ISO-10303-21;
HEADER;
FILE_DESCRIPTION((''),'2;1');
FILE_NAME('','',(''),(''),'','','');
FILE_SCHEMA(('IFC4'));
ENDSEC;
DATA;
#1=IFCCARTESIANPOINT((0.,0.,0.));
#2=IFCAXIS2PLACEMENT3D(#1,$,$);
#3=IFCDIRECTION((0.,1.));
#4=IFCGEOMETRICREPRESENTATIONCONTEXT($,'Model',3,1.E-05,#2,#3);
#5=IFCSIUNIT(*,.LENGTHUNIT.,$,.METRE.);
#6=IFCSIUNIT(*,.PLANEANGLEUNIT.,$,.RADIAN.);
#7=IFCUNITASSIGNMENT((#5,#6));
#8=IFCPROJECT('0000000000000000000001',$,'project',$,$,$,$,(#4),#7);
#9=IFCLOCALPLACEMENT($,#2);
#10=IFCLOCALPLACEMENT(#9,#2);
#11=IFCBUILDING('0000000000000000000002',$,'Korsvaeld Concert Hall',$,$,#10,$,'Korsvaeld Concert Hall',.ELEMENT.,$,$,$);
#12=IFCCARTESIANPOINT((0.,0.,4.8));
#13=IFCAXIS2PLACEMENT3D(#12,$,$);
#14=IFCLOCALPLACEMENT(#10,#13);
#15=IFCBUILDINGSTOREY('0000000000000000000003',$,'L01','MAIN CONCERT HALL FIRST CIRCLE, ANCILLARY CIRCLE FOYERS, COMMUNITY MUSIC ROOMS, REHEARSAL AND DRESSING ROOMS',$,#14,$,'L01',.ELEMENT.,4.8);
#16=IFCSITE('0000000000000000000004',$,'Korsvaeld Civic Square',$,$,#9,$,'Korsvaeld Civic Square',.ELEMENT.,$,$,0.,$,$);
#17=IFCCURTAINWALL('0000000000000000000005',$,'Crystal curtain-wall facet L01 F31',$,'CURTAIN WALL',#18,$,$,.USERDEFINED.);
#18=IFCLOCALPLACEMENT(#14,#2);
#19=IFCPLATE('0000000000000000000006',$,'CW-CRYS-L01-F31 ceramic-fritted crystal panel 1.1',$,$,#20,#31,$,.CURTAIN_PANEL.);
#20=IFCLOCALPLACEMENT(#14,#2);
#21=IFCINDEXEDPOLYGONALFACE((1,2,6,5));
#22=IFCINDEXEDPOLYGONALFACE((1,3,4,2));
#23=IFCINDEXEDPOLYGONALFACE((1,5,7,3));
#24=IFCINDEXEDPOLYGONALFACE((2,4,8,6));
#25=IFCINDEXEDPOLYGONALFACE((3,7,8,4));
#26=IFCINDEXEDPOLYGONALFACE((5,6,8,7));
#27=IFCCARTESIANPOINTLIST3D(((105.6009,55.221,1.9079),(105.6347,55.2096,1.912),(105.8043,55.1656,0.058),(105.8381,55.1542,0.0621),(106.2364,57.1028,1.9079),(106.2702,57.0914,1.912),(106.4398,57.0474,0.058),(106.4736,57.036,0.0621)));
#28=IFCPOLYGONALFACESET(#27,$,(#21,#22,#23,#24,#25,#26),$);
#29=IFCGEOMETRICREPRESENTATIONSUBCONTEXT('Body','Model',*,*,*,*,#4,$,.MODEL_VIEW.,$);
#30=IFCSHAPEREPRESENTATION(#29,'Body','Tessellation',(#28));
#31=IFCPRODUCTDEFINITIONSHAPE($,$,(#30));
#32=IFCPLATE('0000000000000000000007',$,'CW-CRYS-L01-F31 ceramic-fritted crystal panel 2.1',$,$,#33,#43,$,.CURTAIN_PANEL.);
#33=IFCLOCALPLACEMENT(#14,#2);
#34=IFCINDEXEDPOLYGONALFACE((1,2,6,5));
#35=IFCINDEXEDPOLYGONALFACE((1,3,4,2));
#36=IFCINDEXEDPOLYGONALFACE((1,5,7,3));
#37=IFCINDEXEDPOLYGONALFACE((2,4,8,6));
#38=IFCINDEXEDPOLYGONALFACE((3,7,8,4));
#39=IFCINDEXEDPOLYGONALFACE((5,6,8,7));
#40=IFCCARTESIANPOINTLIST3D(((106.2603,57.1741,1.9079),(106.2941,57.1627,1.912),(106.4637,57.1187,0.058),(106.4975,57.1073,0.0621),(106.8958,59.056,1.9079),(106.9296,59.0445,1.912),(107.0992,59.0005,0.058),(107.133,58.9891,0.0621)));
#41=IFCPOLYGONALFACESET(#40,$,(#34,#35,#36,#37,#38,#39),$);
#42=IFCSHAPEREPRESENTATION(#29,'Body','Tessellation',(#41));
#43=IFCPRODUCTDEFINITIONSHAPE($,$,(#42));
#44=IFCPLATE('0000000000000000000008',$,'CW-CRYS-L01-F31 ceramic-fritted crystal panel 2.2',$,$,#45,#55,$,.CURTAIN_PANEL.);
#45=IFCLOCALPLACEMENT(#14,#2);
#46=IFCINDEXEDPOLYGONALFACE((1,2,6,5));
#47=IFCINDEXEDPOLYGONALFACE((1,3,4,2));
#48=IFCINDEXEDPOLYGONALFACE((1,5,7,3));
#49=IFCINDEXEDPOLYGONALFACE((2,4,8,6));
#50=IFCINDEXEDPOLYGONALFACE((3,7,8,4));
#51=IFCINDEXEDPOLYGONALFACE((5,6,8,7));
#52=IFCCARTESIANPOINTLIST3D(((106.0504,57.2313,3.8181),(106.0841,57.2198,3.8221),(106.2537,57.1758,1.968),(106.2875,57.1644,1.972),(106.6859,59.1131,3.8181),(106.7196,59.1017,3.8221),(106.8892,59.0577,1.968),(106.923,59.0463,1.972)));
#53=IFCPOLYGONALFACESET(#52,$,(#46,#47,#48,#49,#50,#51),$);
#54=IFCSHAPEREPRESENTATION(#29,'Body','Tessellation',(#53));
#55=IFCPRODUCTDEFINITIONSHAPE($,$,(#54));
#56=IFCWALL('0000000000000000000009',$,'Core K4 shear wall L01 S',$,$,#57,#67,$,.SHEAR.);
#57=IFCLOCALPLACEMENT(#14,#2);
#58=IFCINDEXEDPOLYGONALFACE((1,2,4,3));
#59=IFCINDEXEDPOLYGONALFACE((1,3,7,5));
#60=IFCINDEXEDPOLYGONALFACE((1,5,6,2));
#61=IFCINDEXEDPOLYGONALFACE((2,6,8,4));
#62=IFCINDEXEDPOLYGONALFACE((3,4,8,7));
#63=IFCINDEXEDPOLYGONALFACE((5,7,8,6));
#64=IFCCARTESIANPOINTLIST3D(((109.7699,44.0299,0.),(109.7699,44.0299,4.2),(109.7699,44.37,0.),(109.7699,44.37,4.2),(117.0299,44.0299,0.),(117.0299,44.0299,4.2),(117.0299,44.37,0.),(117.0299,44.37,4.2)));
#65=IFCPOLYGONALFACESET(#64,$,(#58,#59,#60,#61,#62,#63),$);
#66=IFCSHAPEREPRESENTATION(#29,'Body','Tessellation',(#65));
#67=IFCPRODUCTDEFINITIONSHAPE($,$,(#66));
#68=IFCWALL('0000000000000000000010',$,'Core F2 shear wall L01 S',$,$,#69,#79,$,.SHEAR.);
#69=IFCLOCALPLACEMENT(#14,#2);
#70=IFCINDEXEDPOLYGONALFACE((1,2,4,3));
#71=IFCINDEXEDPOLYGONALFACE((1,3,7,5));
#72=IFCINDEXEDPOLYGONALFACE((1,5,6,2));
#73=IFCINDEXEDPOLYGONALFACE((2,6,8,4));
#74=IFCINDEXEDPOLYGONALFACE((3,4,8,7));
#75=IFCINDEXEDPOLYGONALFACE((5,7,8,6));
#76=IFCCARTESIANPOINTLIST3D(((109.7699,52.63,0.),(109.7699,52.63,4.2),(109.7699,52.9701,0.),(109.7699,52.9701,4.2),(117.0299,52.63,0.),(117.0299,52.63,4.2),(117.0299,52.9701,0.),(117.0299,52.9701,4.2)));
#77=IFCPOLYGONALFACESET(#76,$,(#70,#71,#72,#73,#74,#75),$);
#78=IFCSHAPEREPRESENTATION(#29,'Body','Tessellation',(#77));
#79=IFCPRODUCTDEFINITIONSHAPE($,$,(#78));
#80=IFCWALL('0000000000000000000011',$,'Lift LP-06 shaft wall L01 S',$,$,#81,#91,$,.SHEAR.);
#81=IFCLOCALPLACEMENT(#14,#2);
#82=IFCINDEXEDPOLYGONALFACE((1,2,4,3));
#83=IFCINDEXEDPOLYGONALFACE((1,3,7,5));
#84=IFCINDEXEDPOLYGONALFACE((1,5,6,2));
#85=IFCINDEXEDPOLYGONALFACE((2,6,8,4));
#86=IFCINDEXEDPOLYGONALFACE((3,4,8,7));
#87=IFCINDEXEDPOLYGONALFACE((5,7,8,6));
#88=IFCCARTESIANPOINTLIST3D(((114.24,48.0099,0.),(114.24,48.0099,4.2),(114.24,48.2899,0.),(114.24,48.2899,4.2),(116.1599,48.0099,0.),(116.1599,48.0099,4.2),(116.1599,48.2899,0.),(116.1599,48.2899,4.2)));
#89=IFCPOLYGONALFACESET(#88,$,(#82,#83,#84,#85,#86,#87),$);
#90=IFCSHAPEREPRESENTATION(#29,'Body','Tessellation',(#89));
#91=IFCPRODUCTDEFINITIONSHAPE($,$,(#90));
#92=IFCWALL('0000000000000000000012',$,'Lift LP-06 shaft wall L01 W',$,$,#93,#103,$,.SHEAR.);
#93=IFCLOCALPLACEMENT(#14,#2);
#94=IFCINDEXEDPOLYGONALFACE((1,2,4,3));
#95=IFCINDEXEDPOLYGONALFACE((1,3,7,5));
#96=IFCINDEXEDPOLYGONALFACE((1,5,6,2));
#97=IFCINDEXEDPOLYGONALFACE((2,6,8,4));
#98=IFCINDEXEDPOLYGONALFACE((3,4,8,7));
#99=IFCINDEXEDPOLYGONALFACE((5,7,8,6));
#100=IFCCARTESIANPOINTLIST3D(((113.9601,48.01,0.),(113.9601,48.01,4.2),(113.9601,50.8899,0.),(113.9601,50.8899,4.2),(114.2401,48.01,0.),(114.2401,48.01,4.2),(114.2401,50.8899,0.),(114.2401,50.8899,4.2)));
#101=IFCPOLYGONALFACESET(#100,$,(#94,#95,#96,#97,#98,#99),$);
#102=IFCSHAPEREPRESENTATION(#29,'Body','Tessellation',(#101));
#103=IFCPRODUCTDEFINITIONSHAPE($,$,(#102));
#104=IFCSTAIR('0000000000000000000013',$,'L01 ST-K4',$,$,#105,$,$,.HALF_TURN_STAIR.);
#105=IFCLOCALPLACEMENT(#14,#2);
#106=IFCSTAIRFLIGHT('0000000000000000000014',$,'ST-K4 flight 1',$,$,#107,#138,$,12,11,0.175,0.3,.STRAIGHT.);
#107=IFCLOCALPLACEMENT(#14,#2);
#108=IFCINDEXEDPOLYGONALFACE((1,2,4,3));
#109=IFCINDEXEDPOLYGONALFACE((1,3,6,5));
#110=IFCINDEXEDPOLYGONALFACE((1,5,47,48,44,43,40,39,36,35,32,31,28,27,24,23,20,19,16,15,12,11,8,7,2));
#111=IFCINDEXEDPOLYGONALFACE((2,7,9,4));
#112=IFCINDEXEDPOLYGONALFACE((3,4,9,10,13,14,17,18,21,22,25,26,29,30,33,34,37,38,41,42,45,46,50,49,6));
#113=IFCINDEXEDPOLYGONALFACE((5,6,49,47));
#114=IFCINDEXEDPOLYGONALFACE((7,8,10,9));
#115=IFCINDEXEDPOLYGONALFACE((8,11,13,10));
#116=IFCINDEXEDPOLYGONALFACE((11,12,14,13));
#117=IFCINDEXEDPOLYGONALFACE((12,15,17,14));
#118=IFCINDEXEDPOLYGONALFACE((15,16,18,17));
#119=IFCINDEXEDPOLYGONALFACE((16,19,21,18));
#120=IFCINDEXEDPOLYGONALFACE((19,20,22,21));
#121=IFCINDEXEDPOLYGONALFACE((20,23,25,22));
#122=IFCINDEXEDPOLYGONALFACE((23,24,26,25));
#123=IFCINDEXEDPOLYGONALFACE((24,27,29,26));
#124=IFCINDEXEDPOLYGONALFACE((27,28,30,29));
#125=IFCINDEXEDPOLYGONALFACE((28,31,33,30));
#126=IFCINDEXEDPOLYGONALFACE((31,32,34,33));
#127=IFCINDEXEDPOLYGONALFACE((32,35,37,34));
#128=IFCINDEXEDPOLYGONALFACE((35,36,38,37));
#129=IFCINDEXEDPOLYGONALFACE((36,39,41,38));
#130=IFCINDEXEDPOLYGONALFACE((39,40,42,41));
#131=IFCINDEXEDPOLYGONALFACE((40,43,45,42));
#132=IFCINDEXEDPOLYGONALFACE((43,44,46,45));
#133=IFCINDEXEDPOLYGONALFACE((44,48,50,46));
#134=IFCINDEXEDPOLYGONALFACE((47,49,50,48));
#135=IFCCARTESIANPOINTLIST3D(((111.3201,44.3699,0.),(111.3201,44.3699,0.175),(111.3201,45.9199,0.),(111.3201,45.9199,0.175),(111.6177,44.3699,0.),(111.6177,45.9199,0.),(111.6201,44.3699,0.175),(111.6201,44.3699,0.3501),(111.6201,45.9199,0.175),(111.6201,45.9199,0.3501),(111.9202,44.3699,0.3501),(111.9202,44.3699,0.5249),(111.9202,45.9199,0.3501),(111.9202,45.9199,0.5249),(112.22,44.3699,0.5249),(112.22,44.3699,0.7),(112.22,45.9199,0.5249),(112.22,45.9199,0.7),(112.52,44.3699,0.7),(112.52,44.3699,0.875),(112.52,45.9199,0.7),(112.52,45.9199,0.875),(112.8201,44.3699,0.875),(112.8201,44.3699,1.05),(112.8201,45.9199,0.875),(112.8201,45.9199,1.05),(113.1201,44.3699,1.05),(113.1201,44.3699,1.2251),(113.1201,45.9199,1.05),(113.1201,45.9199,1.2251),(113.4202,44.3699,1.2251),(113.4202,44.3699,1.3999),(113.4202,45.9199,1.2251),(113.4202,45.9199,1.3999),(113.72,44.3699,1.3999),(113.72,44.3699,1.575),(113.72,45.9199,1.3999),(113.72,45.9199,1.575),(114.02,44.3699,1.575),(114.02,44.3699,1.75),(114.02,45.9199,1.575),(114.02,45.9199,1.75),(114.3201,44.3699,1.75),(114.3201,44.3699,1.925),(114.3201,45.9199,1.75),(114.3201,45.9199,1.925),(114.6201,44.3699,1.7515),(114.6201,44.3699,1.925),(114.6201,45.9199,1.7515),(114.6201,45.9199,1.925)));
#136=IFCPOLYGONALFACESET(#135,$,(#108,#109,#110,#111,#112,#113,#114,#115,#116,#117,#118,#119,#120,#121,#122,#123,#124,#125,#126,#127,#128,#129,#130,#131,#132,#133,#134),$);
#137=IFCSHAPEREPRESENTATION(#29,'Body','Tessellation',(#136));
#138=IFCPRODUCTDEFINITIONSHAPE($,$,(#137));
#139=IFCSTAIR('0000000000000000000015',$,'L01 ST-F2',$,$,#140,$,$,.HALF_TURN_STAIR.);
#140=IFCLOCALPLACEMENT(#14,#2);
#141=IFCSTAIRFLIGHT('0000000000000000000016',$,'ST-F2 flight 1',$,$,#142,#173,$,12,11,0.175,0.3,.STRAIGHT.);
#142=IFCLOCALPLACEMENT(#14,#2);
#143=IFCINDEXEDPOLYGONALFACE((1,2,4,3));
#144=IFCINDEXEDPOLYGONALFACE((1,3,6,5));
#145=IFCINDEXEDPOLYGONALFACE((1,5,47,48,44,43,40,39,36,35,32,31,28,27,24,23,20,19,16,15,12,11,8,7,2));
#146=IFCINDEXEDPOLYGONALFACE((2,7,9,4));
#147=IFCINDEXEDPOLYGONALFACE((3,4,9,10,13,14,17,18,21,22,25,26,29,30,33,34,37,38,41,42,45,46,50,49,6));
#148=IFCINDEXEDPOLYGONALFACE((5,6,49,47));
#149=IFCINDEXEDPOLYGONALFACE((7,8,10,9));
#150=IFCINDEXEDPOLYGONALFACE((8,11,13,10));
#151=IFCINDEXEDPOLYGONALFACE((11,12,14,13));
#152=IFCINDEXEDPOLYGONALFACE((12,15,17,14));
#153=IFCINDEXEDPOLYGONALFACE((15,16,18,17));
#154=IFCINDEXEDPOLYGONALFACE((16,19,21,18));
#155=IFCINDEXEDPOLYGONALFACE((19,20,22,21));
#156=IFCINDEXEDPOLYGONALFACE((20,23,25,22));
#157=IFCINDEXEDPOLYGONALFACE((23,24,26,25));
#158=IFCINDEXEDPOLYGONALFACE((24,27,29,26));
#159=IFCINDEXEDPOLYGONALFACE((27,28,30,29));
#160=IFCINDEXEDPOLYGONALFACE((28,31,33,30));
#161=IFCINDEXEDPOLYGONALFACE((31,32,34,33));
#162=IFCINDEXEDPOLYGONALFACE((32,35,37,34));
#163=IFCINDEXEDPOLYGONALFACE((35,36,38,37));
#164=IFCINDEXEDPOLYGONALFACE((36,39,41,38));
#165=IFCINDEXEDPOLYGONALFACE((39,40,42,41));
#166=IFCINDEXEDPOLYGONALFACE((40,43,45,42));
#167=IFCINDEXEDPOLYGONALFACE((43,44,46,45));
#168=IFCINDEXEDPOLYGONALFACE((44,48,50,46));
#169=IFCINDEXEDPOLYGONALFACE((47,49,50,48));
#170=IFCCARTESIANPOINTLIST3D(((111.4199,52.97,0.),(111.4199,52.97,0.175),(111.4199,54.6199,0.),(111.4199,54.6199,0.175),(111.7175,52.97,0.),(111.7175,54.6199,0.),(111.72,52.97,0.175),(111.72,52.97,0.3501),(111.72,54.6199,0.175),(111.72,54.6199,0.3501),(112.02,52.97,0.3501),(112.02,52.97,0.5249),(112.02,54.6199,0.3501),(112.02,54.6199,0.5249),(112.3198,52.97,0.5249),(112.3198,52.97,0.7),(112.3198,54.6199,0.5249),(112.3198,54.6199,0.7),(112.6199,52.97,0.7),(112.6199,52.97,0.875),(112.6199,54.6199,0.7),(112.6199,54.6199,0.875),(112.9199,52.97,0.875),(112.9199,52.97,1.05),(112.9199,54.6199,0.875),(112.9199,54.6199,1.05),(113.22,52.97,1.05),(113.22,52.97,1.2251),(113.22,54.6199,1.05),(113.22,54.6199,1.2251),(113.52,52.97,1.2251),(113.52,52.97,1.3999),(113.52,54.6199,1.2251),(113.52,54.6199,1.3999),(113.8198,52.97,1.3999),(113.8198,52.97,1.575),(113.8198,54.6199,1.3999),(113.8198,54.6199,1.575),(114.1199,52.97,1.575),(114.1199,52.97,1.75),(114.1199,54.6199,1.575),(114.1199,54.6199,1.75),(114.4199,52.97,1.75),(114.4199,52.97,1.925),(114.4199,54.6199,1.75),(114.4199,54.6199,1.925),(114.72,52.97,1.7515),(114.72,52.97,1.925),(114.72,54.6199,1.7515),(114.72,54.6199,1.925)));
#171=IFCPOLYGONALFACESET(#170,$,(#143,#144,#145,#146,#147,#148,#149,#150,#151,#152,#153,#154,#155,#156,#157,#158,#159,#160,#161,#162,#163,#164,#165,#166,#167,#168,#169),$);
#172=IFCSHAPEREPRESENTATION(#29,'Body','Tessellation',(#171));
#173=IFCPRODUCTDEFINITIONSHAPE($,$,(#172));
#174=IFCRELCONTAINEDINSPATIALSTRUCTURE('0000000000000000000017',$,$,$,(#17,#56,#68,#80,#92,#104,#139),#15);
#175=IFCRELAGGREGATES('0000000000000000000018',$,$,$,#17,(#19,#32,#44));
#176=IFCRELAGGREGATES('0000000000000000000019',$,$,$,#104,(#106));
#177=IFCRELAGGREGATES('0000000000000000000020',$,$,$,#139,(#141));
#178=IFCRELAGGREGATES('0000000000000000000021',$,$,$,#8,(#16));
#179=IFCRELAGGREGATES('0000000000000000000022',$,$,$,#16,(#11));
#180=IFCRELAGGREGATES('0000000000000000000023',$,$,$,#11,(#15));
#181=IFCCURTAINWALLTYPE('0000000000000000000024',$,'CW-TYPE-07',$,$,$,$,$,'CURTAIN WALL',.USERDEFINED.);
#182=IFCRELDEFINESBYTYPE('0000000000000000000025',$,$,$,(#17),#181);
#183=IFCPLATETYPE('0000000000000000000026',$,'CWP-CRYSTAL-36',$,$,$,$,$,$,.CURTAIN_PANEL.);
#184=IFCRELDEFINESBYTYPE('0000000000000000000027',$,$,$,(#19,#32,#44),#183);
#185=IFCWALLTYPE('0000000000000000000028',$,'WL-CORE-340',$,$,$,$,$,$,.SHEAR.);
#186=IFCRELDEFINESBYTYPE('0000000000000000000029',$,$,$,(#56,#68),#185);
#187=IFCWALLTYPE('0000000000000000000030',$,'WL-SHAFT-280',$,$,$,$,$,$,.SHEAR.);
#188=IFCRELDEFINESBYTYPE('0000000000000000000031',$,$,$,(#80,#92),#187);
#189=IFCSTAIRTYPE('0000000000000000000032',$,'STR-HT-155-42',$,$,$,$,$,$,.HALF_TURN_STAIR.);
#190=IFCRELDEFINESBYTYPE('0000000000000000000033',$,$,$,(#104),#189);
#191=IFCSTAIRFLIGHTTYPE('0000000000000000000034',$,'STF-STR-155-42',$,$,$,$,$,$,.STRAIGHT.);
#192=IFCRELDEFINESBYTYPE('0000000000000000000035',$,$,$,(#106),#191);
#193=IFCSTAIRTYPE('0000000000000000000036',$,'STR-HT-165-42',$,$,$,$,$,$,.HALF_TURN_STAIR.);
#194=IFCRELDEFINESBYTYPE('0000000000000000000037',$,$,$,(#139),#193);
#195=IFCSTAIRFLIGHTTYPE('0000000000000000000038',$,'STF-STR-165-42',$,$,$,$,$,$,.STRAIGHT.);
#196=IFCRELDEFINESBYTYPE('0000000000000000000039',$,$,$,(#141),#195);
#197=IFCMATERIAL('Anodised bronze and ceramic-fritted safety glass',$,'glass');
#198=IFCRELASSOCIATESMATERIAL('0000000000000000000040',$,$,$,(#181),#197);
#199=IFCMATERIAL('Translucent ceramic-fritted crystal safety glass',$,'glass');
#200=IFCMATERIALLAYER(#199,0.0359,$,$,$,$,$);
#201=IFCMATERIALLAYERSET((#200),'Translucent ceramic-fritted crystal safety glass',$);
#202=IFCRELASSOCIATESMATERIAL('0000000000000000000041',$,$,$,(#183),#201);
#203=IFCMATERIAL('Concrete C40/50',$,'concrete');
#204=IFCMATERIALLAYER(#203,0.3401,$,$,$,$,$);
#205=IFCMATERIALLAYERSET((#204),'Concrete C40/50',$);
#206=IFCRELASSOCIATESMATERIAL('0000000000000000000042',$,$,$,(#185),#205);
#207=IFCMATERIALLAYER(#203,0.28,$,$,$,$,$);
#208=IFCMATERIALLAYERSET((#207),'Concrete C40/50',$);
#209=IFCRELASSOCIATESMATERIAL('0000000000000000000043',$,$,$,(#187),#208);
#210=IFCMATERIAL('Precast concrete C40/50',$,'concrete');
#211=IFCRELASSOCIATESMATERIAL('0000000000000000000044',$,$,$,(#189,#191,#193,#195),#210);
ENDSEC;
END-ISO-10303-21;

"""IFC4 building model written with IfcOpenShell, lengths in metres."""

from ifc_helpers import new_model, si_unit, direction, frame, frame_2d, origin, place, context, subcontext, project, spatial, polyline, rectangle, outline, extrude, material, layer, layer_set, type_object, element, aggregate, save


model = new_model("IFC4")

# Units and contexts
model_context = context("Model", 3, precision=1e-05, world=origin(), true_north=direction((0.0, 1.0)))
body_context = subcontext(model_context, "Body", "Model", "MODEL_VIEW")
ifc_project = project(units=[si_unit("LENGTHUNIT", "METRE"), si_unit("PLANEANGLEUNIT", "RADIAN")], contexts=[model_context])

# Site, building, storey
site_placement = place(None, origin())
site = spatial("IfcSite", under=ifc_project, at=site_placement, Name="Korsvaeld Civic Square", LongName="Korsvaeld Civic Square", CompositionType="ELEMENT", RefElevation=0.0)
building_placement = place(site_placement, origin())
building = spatial("IfcBuilding", under=site, at=building_placement, Name="Korsvaeld Concert Hall", LongName="Korsvaeld Concert Hall", CompositionType="ELEMENT")
storey_placement = place(building_placement, frame((0.0, 0.0, 4.8)))
storey = spatial("IfcBuildingStorey", under=building, at=storey_placement, Name="L01", Description="MAIN CONCERT HALL FIRST CIRCLE, ANCILLARY CIRCLE FOYERS, COMMUNITY MUSIC ROOMS, REHEARSAL AND DRESSING ROOMS", LongName="L01", CompositionType="ELEMENT", Elevation=4.8)

# Shared definitions
ifc_material_1 = material(Name="Concrete C40/50", Category="concrete")

# Curtain wall, plates
ifc_material_2 = material(Name="Anodised bronze and ceramic-fritted safety glass", Category="glass")
curtain_wall_type = type_object("IfcCurtainWallType", Name="CW-TYPE-07", ElementType="CURTAIN WALL", PredefinedType="USERDEFINED", material=ifc_material_2)
curtain_wall_placement = place(storey_placement, origin())
curtain_wall = element("IfcCurtainWall", 1, at=curtain_wall_placement, inside=storey, type_object=curtain_wall_type, Name="Crystal curtain-wall facet L01 F31", ObjectType="CURTAIN WALL", PredefinedType="USERDEFINED")
ifc_material_3 = material(Name="Translucent ceramic-fritted crystal safety glass", Category="glass")
ifc_layer_1 = layer(ifc_material_3, 0.0359)
ifc_layer_set_1 = layer_set([ifc_layer_1], Name="Translucent ceramic-fritted crystal safety glass")
plate_type = type_object("IfcPlateType", Name="CWP-CRYSTAL-36", PredefinedType="CURTAIN_PANEL", material=ifc_layer_set_1)
plate_1_placement = place(storey_placement, frame((105.821, 55.1599, 0.0601), z_axis=(0.941365, -0.3179, 0.113016), x_axis=(0.31995, 0.947435, 0.0)))
plate_1 = element("IfcPlate", 2, at=plate_1_placement, type_object=plate_type, Name="CW-CRYS-L01-F31 ceramic-fritted crystal panel 1.1", PredefinedType="CURTAIN_PANEL", context=body_context, shape_type="SweptSolid", body=[
    extrude(outline(polyline([(0.0, 0.0), (1.9862, 0.0), (1.9737, 1.8618), (-0.0126, 1.8618), (0.0, 0.0)])), frame((0.0, 0.0, 0.0181)), (0.0, 0.0, -1.0), 0.0359),
])
plate_2_placement = place(storey_placement, frame((106.4805, 57.113, 0.0601), z_axis=(0.941365, -0.3179, 0.113016), x_axis=(0.31995, 0.947435, 0.0)))
plate_2 = element("IfcPlate", 3, at=plate_2_placement, type_object=plate_type, Name="CW-CRYS-L01-F31 ceramic-fritted crystal panel 2.1", PredefinedType="CURTAIN_PANEL", context=body_context, shape_type="SweptSolid", body=[
    extrude(outline(polyline([(0.0, 0.0), (1.9862, 0.0), (1.9737, 1.8618), (-0.0126, 1.8618), (0.0, 0.0)])), frame((0.0, 0.0, 0.0181)), (0.0, 0.0, -1.0), 0.0359),
])
plate_3_placement = place(storey_placement, frame((106.2705, 57.1702, 1.97), z_axis=(0.941366, -0.3179, 0.113001), x_axis=(0.31995, 0.947435, 0.0)))
plate_3 = element("IfcPlate", 4, at=plate_3_placement, type_object=plate_type, Name="CW-CRYS-L01-F31 ceramic-fritted crystal panel 2.2", PredefinedType="CURTAIN_PANEL", context=body_context, shape_type="SweptSolid", body=[
    extrude(outline(polyline([(0.0, 0.0), (1.9862, 0.0), (1.9737, 1.862), (-0.0126, 1.862), (0.0, 0.0)])), frame((0.0, 0.0, 0.0181)), (0.0, 0.0, -1.0), 0.0359),
])
aggregate(curtain_wall, [plate_1, plate_2, plate_3])

# Wall
ifc_layer_2 = layer(ifc_material_1, 0.3401)
ifc_layer_set_2 = layer_set([ifc_layer_2], Name="Concrete C40/50")
wall_type_1 = type_object("IfcWallType", Name="WL-CORE-340", PredefinedType="SHEAR", material=ifc_layer_set_2)
wall_1_placement = place(storey_placement, frame((109.77, 44.2, 0.0), z_axis=(0.0, 0.0, 1.0), x_axis=(1.0, 0.0, 0.0)))
element("IfcWall", 5, at=wall_1_placement, inside=storey, type_object=wall_type_1, Name="Core K4 shear wall L01 S", PredefinedType="SHEAR", context=body_context, shape_type="SweptSolid", body=[
    extrude(rectangle(XDim=7.26, YDim=0.3401, at=frame_2d((3.6299, 0.0))), origin(), (0.0, 0.0, 1.0), 4.2),
])

# Wall
wall_2_placement = place(storey_placement, frame((109.77, 52.8, 0.0), z_axis=(0.0, 0.0, 1.0), x_axis=(1.0, 0.0, 0.0)))
element("IfcWall", 6, at=wall_2_placement, inside=storey, type_object=wall_type_1, Name="Core F2 shear wall L01 S", PredefinedType="SHEAR", context=body_context, shape_type="SweptSolid", body=[
    extrude(rectangle(XDim=7.26, YDim=0.3401, at=frame_2d((3.6299, 0.0))), origin(), (0.0, 0.0, 1.0), 4.2),
])

# Walls
ifc_layer_3 = layer(ifc_material_1, 0.28)
ifc_layer_set_3 = layer_set([ifc_layer_3], Name="Concrete C40/50")
wall_type_2 = type_object("IfcWallType", Name="WL-SHAFT-280", PredefinedType="SHEAR", material=ifc_layer_set_3)
wall_3_placement = place(storey_placement, frame((114.24, 48.1499, 0.0), z_axis=(0.0, 0.0, 1.0), x_axis=(1.0, 0.0, 0.0)))
element("IfcWall", 7, at=wall_3_placement, inside=storey, type_object=wall_type_2, Name="Lift LP-06 shaft wall L01 S", PredefinedType="SHEAR", context=body_context, shape_type="SweptSolid", body=[
    extrude(rectangle(XDim=1.9199, YDim=0.28, at=frame_2d((0.96, 0.0))), origin(), (0.0, 0.0, 1.0), 4.2),
])
wall_4_placement = place(storey_placement, frame((114.1001, 50.8899, 0.0), z_axis=(0.0, 0.0, 1.0), x_axis=(0.0, -1.0, 0.0)))
element("IfcWall", 8, at=wall_4_placement, inside=storey, type_object=wall_type_2, Name="Lift LP-06 shaft wall L01 W", PredefinedType="SHEAR", context=body_context, shape_type="SweptSolid", body=[
    extrude(rectangle(XDim=2.8799, YDim=0.28, at=frame_2d((1.4399, 0.0))), origin(), (0.0, 0.0, 1.0), 4.2),
])

# Stairs, stair flights
ifc_material_4 = material(Name="Precast concrete C40/50", Category="concrete")
stair_type_1 = type_object("IfcStairType", Name="STR-HT-155-42", PredefinedType="HALF_TURN_STAIR", material=ifc_material_4)
stair_1_placement = place(storey_placement, origin())
stair_1 = element("IfcStair", 9, at=stair_1_placement, inside=storey, type_object=stair_type_1, Name="L01 ST-K4", PredefinedType="HALF_TURN_STAIR")
stair_flight_type_1 = type_object("IfcStairFlightType", Name="STF-STR-155-42", PredefinedType="STRAIGHT", material=ifc_material_4)
stair_flight_1_placement = place(storey_placement, frame((111.3201, 45.145, 0.0), z_axis=(0.0, 0.0, 1.0), x_axis=(1.0, 0.0, 0.0)))
stair_flight_1 = element("IfcStairFlight", 10, at=stair_flight_1_placement, type_object=stair_flight_type_1, Name="ST-K4 flight 1", NumberOfRisers=12, NumberOfTreads=11, PredefinedType="STRAIGHT", RiserHeight=0.175, TreadLength=0.3, context=body_context, shape_type="SweptSolid", body=[
    extrude(outline(polyline([(0.0, 0.0), (0.0, 0.175), (0.3, 0.175), (0.3, 0.3501), (0.6001, 0.3501), (0.6001, 0.5249), (0.8999, 0.5249), (0.8999, 0.7), (1.2, 0.7), (1.2, 0.875), (1.5, 0.875), (1.5, 1.05), (1.8, 1.05), (1.8, 1.2251), (2.1001, 1.2251), (2.1001, 1.3999), (2.3999, 1.3999), (2.3999, 1.575), (2.7, 1.575), (2.7, 1.75), (3.0, 1.75), (3.0, 1.925), (3.3, 1.925), (3.3, 2.1001), (3.3, 1.7515), (0.2976, 0.0), (0.0, 0.0)])), frame((0.0, 0.7749, 0.0), z_axis=(0.0, -1.0, 0.0), x_axis=(1.0, 0.0, 0.0)), (0.0, 0.0, 1.0), 1.55),
])
aggregate(stair_1, [stair_flight_1])
stair_type_2 = type_object("IfcStairType", Name="STR-HT-165-42", PredefinedType="HALF_TURN_STAIR", material=ifc_material_4)
stair_2_placement = place(storey_placement, origin())
stair_2 = element("IfcStair", 11, at=stair_2_placement, inside=storey, type_object=stair_type_2, Name="L01 ST-F2", PredefinedType="HALF_TURN_STAIR")
stair_flight_type_2 = type_object("IfcStairFlightType", Name="STF-STR-165-42", PredefinedType="STRAIGHT", material=ifc_material_4)
stair_flight_2_placement = place(storey_placement, frame((111.4199, 53.7949, 0.0), z_axis=(0.0, 0.0, 1.0), x_axis=(1.0, 0.0, 0.0)))
stair_flight_2 = element("IfcStairFlight", 12, at=stair_flight_2_placement, type_object=stair_flight_type_2, Name="ST-F2 flight 1", NumberOfRisers=12, NumberOfTreads=11, PredefinedType="STRAIGHT", RiserHeight=0.175, TreadLength=0.3, context=body_context, shape_type="SweptSolid", body=[
    extrude(outline(polyline([(0.0, 0.0), (0.0, 0.175), (0.3, 0.175), (0.3, 0.3501), (0.6001, 0.3501), (0.6001, 0.5249), (0.8999, 0.5249), (0.8999, 0.7), (1.2, 0.7), (1.2, 0.875), (1.5, 0.875), (1.5, 1.05), (1.8, 1.05), (1.8, 1.2251), (2.1001, 1.2251), (2.1001, 1.3999), (2.3999, 1.3999), (2.3999, 1.575), (2.7, 1.575), (2.7, 1.75), (3.0, 1.75), (3.0, 1.925), (3.3, 1.925), (3.3, 2.1001), (3.3, 1.7515), (0.2976, 0.0), (0.0, 0.0)])), frame((0.0, 0.825, 0.0), z_axis=(0.0, -1.0, 0.0), x_axis=(1.0, 0.0, 0.0)), (0.0, 0.0, 1.0), 1.6499),
])
aggregate(stair_2, [stair_flight_2])

save(model, "model.ifc")
